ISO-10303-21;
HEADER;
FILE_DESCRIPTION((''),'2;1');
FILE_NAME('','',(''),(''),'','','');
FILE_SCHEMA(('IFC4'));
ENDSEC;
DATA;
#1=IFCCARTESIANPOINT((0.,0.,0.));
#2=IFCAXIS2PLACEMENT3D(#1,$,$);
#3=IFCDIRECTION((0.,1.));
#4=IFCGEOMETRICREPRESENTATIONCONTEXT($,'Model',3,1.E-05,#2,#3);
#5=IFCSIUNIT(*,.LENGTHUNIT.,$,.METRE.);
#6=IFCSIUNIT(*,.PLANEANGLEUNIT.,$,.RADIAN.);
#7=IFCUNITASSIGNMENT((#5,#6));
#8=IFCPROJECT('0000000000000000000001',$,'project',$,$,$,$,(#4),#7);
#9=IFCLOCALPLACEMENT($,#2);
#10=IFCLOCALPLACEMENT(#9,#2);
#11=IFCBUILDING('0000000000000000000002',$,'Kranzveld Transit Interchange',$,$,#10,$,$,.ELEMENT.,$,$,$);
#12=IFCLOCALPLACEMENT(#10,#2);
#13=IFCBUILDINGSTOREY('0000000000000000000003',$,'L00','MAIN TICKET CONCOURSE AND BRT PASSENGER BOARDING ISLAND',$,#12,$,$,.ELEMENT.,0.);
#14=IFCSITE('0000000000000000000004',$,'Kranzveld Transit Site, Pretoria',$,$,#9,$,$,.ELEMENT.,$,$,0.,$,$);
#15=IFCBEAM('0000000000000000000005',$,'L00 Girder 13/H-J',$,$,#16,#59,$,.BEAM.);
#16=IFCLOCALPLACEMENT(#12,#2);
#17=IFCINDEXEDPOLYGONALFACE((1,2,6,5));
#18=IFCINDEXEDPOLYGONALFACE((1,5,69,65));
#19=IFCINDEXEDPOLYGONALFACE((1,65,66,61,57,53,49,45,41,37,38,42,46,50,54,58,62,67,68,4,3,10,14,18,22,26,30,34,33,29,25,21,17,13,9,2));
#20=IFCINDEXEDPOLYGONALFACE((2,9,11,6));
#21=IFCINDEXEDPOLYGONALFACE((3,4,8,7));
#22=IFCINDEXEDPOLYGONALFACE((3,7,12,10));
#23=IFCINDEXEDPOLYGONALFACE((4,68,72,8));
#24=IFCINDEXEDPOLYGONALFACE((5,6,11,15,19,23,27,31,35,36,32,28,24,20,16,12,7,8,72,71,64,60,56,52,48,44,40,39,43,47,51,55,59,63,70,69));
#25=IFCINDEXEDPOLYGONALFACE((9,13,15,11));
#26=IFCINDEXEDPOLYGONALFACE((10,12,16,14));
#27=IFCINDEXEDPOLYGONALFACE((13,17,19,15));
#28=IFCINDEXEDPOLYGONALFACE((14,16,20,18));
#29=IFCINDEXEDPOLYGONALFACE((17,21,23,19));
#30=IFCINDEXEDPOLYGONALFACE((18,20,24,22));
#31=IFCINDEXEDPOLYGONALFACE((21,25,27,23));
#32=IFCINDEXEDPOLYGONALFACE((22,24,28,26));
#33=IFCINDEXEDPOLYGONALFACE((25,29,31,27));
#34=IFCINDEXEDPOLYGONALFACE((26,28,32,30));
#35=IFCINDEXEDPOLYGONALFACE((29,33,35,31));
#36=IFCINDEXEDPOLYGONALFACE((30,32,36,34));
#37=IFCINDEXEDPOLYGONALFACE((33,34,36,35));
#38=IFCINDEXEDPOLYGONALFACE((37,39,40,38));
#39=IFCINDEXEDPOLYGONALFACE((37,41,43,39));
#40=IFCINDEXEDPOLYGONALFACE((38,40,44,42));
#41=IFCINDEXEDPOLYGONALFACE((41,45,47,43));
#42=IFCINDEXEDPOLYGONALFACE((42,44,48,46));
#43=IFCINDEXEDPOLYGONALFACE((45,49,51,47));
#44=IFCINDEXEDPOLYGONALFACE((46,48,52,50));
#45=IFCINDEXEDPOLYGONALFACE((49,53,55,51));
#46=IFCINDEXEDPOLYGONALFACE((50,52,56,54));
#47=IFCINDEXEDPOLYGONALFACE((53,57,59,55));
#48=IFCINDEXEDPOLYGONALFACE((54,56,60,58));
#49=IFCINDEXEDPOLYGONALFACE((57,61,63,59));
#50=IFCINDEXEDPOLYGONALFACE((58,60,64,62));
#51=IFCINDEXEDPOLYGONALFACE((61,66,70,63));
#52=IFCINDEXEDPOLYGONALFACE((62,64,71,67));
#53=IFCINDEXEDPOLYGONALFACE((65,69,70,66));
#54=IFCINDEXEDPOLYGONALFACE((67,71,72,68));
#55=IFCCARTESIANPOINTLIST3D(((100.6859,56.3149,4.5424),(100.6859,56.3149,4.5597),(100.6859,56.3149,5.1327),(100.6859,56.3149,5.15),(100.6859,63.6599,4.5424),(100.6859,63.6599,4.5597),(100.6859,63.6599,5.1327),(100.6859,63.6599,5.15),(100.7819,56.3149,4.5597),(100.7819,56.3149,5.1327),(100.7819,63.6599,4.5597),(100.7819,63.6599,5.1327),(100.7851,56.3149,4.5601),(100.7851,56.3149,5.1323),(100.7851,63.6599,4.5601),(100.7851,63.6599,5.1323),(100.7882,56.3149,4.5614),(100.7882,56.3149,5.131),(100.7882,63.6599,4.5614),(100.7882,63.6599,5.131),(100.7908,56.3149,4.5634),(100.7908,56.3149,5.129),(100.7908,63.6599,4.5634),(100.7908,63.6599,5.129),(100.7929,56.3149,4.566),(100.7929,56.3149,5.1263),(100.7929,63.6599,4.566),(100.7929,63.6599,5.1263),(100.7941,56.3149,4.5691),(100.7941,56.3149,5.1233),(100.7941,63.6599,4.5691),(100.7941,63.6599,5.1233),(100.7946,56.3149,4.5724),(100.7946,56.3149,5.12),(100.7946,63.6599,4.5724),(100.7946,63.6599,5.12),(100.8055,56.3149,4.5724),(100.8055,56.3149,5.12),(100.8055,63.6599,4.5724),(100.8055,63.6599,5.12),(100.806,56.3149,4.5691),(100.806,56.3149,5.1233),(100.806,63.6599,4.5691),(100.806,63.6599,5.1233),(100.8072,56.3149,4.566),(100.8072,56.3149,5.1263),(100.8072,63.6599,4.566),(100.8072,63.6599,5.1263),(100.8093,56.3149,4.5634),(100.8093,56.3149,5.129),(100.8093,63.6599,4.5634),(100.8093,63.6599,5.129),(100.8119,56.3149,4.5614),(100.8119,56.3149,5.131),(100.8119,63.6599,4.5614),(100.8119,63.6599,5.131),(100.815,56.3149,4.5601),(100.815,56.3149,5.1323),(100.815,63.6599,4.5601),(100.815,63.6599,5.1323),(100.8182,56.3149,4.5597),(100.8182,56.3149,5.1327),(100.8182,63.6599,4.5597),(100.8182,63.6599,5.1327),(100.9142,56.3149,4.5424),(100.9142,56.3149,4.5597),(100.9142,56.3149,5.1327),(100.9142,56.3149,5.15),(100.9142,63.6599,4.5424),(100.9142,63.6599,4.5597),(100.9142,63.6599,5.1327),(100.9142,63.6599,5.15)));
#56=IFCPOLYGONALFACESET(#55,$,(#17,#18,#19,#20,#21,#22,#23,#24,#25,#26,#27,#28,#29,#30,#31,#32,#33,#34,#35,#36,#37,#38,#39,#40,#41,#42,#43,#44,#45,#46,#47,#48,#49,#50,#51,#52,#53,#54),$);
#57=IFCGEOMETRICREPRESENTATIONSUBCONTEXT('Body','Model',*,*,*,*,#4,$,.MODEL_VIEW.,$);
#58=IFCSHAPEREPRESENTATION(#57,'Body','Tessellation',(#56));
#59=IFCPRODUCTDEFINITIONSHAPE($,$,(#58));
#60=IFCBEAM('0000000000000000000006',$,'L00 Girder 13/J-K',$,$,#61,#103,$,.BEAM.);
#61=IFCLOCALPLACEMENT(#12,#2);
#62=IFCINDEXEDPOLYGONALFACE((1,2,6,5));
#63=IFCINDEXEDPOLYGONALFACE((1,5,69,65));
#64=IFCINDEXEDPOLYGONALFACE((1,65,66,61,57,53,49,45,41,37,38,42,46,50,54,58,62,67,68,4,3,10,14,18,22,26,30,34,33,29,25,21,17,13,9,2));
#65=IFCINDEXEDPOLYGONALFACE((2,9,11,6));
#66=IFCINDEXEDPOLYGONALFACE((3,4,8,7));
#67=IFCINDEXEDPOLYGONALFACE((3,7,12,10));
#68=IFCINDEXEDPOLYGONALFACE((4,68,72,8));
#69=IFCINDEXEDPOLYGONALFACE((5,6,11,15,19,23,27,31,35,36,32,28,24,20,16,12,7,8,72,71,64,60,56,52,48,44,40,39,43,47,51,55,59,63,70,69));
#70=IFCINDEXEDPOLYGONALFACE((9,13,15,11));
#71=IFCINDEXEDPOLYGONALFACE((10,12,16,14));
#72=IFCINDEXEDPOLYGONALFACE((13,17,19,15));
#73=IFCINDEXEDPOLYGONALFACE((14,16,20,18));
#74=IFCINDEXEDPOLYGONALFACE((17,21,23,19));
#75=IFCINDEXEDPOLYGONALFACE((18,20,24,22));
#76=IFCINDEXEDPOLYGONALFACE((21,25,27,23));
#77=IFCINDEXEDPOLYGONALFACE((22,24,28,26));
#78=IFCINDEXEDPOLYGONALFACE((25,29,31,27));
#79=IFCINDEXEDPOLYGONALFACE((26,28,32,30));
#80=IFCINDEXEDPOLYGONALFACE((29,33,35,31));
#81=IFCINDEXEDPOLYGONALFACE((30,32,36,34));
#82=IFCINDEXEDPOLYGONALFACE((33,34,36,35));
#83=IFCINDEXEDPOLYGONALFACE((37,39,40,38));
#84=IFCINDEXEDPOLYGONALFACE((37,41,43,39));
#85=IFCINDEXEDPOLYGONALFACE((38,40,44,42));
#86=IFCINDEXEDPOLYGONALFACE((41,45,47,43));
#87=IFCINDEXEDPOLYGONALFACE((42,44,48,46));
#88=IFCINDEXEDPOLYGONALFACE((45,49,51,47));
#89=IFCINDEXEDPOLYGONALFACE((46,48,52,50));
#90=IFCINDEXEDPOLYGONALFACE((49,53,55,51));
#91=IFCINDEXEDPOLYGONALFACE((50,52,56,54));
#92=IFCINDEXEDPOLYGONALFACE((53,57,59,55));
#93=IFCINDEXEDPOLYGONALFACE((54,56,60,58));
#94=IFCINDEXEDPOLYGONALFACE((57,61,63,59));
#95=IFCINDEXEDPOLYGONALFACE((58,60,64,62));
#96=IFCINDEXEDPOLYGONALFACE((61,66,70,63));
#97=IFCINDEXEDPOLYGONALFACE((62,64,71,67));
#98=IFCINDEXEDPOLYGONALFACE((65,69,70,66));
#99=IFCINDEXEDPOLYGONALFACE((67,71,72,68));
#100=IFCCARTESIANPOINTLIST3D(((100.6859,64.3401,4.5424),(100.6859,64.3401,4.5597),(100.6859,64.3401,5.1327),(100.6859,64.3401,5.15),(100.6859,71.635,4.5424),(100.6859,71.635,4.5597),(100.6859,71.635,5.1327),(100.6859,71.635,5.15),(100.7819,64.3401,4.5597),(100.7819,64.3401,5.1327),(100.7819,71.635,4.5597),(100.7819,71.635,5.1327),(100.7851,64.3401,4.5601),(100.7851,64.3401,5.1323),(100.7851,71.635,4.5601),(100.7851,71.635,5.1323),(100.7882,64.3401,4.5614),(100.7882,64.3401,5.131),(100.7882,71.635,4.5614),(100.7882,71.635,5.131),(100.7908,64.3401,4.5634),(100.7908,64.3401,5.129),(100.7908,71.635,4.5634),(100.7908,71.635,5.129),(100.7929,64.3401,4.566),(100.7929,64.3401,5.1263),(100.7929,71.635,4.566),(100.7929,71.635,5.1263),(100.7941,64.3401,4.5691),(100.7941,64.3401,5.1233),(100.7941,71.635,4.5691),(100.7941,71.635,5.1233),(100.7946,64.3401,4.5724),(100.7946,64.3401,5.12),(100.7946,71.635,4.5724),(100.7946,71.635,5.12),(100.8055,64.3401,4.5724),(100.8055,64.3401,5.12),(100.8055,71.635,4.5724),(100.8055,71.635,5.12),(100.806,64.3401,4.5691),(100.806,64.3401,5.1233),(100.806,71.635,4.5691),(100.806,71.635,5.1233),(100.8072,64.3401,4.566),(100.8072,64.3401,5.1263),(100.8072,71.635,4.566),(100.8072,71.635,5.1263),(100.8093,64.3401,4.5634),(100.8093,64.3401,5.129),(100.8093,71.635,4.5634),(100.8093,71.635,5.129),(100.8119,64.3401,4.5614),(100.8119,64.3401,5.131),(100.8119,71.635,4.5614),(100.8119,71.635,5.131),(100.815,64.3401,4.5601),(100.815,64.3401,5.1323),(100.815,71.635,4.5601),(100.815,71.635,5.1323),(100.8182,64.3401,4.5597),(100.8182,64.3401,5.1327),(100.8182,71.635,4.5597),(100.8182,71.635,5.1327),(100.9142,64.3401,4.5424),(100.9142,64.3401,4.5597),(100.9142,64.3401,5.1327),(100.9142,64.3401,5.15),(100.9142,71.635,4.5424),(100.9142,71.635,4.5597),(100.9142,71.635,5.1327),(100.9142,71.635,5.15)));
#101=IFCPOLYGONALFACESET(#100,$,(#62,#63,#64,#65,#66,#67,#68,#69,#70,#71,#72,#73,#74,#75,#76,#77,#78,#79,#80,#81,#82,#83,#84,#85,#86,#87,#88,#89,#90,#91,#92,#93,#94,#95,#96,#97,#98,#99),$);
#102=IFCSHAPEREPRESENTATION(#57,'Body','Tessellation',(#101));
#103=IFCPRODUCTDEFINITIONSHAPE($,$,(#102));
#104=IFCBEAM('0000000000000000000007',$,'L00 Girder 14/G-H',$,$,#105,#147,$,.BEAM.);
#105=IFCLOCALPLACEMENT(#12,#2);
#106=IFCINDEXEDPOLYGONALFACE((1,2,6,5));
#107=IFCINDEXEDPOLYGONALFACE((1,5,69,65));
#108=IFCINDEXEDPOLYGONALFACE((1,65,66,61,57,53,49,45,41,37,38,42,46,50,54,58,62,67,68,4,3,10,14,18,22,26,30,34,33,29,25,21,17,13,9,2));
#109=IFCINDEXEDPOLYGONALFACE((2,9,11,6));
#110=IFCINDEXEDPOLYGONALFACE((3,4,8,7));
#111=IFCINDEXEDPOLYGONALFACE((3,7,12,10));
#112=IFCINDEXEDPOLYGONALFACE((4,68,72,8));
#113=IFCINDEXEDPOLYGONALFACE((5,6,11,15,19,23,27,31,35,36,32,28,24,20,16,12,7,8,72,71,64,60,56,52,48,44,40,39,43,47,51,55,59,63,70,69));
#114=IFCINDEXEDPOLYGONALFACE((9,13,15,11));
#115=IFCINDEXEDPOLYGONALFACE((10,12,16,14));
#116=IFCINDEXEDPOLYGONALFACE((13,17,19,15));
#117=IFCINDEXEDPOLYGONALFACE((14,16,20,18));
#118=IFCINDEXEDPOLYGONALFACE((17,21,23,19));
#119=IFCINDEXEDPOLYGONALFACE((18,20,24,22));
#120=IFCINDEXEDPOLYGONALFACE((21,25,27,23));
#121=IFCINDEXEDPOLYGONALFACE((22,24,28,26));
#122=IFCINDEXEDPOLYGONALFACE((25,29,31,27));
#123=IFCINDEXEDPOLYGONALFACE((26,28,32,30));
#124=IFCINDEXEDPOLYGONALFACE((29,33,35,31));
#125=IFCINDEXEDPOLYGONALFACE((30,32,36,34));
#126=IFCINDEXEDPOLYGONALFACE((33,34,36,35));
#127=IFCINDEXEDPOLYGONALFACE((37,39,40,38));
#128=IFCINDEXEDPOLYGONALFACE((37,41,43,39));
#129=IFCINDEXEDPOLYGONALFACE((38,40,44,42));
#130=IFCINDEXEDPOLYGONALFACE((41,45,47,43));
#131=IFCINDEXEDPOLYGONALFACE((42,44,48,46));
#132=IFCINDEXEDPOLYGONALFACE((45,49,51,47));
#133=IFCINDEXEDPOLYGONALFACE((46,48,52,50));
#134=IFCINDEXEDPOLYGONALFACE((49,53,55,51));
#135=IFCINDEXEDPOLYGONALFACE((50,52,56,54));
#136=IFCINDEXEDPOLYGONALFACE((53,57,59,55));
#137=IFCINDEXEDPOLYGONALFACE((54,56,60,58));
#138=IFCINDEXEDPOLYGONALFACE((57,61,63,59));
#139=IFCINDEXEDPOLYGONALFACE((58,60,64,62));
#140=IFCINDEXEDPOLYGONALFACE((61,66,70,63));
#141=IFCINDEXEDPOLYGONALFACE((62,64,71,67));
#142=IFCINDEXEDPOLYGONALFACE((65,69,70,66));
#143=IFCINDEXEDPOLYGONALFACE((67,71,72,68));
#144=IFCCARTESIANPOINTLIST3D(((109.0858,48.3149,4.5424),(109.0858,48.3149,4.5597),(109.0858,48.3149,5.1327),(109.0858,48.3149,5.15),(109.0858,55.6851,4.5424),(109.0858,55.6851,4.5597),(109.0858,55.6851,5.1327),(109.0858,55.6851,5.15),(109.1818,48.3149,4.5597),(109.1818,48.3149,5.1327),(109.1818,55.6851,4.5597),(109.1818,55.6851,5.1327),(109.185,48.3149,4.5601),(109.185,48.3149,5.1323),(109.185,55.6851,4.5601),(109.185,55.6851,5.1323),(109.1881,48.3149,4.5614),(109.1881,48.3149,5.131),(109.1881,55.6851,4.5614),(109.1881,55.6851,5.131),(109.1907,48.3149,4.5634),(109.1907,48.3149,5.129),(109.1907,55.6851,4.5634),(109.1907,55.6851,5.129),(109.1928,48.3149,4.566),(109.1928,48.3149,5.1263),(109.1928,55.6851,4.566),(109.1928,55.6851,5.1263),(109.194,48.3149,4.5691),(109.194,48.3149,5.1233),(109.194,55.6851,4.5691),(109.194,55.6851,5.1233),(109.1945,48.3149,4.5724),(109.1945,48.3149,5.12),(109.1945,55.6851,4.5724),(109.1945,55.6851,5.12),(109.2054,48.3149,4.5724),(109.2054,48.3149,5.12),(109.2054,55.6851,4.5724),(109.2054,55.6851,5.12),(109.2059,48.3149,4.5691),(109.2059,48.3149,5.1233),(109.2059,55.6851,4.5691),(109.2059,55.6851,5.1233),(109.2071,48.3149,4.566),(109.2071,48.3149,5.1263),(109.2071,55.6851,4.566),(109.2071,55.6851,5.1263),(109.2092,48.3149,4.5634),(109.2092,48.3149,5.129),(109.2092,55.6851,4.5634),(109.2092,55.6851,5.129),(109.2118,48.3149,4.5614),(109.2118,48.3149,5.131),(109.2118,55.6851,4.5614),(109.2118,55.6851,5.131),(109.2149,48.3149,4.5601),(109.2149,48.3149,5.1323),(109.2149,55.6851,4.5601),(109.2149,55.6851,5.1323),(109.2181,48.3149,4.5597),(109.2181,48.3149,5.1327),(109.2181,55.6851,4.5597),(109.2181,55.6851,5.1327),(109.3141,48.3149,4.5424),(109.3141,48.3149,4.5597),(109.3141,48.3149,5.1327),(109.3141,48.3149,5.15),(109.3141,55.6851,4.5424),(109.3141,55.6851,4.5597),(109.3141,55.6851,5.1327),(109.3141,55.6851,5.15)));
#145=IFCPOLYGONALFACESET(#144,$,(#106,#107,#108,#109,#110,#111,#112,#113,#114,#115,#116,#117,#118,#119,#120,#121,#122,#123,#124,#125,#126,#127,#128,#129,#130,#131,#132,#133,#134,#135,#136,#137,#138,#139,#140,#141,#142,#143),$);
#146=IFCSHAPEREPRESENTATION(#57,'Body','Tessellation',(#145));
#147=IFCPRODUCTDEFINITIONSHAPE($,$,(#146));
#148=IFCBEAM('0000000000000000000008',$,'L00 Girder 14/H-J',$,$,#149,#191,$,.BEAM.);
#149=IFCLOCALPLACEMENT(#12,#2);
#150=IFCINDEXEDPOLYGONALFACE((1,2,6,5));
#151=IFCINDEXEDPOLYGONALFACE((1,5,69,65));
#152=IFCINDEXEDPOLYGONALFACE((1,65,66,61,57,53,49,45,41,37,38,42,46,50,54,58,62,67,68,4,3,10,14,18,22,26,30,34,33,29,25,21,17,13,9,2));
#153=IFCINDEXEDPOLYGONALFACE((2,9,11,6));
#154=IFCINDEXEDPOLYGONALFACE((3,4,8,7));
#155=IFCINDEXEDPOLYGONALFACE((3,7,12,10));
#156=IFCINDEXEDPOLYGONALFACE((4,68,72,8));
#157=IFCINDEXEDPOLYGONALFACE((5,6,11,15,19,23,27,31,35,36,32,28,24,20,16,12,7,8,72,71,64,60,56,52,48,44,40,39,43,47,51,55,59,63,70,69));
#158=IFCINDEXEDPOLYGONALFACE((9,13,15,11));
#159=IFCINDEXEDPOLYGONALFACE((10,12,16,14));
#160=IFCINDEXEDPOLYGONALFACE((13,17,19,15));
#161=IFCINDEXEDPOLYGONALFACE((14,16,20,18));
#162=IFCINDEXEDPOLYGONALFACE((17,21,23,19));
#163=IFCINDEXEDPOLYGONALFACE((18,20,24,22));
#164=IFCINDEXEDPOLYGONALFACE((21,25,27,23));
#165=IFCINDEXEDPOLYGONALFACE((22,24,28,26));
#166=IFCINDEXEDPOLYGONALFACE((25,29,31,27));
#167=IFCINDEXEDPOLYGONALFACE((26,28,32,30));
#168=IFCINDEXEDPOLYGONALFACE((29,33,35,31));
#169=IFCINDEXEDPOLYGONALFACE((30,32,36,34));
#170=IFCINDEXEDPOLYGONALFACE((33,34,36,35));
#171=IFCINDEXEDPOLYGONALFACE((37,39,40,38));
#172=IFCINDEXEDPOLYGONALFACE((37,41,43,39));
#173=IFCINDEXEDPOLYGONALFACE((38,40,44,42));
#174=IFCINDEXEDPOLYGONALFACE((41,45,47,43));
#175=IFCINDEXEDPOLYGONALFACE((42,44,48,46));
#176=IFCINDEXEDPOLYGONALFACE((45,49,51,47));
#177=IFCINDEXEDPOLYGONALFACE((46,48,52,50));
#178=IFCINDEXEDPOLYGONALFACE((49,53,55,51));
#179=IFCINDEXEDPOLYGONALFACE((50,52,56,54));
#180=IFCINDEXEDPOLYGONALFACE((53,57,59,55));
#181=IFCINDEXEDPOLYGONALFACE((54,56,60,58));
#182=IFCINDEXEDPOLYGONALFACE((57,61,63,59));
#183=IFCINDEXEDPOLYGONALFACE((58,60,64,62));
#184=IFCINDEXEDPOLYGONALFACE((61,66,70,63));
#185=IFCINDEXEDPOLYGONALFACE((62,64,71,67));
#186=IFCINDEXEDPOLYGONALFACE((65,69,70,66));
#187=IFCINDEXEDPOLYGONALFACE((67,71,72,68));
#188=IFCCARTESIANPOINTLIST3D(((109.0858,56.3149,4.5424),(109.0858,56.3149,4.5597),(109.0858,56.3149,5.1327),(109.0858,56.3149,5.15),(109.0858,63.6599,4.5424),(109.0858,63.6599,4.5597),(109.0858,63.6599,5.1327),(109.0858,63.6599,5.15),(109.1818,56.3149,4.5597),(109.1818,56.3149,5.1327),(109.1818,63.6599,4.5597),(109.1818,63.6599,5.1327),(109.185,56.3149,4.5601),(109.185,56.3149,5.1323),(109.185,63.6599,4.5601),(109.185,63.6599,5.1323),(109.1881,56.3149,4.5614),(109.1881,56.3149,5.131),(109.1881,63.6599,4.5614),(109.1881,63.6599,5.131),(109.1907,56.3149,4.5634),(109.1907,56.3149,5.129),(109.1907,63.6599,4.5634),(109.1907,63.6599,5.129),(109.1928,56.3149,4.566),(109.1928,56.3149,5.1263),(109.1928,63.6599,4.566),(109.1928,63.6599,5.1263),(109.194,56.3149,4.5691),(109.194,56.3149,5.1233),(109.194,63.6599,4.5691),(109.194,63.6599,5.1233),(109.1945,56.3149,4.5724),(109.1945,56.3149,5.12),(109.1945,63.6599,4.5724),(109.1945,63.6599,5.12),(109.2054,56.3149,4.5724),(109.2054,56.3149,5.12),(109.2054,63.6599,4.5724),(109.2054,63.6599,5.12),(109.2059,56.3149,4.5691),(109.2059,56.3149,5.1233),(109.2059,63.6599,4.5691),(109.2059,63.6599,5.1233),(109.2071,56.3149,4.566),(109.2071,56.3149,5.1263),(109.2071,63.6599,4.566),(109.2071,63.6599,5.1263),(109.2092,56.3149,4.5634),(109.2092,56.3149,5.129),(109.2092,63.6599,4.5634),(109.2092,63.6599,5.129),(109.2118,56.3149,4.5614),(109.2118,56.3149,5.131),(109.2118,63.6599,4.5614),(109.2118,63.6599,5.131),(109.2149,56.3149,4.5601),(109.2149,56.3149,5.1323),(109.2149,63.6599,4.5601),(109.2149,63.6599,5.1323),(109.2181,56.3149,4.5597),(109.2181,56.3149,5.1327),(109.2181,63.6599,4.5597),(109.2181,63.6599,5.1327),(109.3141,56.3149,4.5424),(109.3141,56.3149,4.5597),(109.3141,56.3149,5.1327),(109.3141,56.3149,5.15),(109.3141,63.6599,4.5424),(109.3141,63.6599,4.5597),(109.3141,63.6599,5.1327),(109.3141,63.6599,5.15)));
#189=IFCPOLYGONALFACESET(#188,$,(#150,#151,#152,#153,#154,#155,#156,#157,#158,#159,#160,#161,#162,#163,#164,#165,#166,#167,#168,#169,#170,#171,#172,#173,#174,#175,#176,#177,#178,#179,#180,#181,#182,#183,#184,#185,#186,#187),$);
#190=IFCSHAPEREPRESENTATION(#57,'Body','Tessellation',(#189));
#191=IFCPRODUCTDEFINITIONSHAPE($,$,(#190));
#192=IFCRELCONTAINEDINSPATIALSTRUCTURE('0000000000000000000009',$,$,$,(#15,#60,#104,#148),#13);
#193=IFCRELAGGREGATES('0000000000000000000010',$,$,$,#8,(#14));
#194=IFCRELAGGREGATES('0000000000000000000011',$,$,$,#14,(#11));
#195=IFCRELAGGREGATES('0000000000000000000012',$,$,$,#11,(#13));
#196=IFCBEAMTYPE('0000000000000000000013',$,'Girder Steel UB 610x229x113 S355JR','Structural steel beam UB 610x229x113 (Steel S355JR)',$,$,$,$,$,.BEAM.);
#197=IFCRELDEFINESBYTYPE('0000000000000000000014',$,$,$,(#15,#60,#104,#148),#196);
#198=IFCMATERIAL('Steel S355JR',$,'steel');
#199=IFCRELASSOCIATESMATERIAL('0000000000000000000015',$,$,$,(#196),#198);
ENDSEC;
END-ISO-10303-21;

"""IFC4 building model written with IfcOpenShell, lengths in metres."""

from ifc_helpers import new_model, si_unit, direction, frame, origin, origin_2d, place, context, subcontext, project, spatial, i_section, extrude, material, material_profile, profile_set, type_object, element, save


model = new_model("IFC4")

# Units and contexts
model_context = context("Model", 3, precision=1e-05, world=origin(), true_north=direction((0.0, 1.0)))
body_context = subcontext(model_context, "Body", "Model", "MODEL_VIEW")
ifc_project = project(units=[si_unit("LENGTHUNIT", "METRE"), si_unit("PLANEANGLEUNIT", "RADIAN")], contexts=[model_context])

# Site, building, storey
site_placement = place(None, origin())
site = spatial("IfcSite", under=ifc_project, at=site_placement, Name="Kranzveld Transit Site, Pretoria", CompositionType="ELEMENT", RefElevation=0.0)
building_placement = place(site_placement, origin())
building = spatial("IfcBuilding", under=site, at=building_placement, Name="Kranzveld Transit Interchange", CompositionType="ELEMENT")
storey_placement = place(building_placement, origin())
storey = spatial("IfcBuildingStorey", under=building, at=storey_placement, Name="L00", Description="MAIN TICKET CONCOURSE AND BRT PASSENGER BOARDING ISLAND", CompositionType="ELEMENT", Elevation=0.0)

# Beams
ifc_material_1 = material(Name="Steel S355JR", Category="steel")
ifc_material_profile_1 = material_profile(ifc_material_1, i_section(OverallWidth=0.2283, OverallDepth=0.6077, WebThickness=0.011, FlangeThickness=0.0173, FilletRadius=0.0127, at=origin_2d()), Name="UB 610x229x113")
ifc_profile_set_1 = profile_set([ifc_material_profile_1], Name="Steel S355JR")
beam_type_1 = type_object("IfcBeamType", Name="Girder Steel UB 610x229x113 S355JR", Description="Structural steel beam UB 610x229x113 (Steel S355JR)", PredefinedType="BEAM", material=ifc_profile_set_1)
beam_1_placement = place(storey_placement, frame((100.8, 56.3149, 4.8462), z_axis=(0.0, 1.0, 0.0), x_axis=(-1.0, 0.0, 0.0)))
element("IfcBeam", 1, at=beam_1_placement, inside=storey, type_object=beam_type_1, Name="L00 Girder 13/H-J", PredefinedType="BEAM", context=body_context, shape_type="SweptSolid", body=[
    extrude(i_section(OverallWidth=0.2283, OverallDepth=0.6077, WebThickness=0.011, FlangeThickness=0.0173, FilletRadius=0.0127, at=origin_2d()), origin(), (0.0, 0.0, 1.0), 7.345),
])
beam_2_placement = place(storey_placement, frame((100.8, 64.3401, 4.8462), z_axis=(0.0, 1.0, 0.0), x_axis=(-1.0, 0.0, 0.0)))
element("IfcBeam", 2, at=beam_2_placement, inside=storey, type_object=beam_type_1, Name="L00 Girder 13/J-K", PredefinedType="BEAM", context=body_context, shape_type="SweptSolid", body=[
    extrude(i_section(OverallWidth=0.2283, OverallDepth=0.6077, WebThickness=0.011, FlangeThickness=0.0173, FilletRadius=0.0127, at=origin_2d()), origin(), (0.0, 0.0, 1.0), 7.2949),
])
beam_3_placement = place(storey_placement, frame((109.2, 48.3149, 4.8462), z_axis=(0.0, 1.0, 0.0), x_axis=(-1.0, 0.0, 0.0)))
element("IfcBeam", 3, at=beam_3_placement, inside=storey, type_object=beam_type_1, Name="L00 Girder 14/G-H", PredefinedType="BEAM", context=body_context, shape_type="SweptSolid", body=[
    extrude(i_section(OverallWidth=0.2283, OverallDepth=0.6077, WebThickness=0.011, FlangeThickness=0.0173, FilletRadius=0.0127, at=origin_2d()), origin(), (0.0, 0.0, 1.0), 7.3701),
])
beam_4_placement = place(storey_placement, frame((109.2, 56.3149, 4.8462), z_axis=(0.0, 1.0, 0.0), x_axis=(-1.0, 0.0, 0.0)))
element("IfcBeam", 4, at=beam_4_placement, inside=storey, type_object=beam_type_1, Name="L00 Girder 14/H-J", PredefinedType="BEAM", context=body_context, shape_type="SweptSolid", body=[
    extrude(i_section(OverallWidth=0.2283, OverallDepth=0.6077, WebThickness=0.011, FlangeThickness=0.0173, FilletRadius=0.0127, at=origin_2d()), origin(), (0.0, 0.0, 1.0), 7.345),
])

save(model, "model.ifc")
